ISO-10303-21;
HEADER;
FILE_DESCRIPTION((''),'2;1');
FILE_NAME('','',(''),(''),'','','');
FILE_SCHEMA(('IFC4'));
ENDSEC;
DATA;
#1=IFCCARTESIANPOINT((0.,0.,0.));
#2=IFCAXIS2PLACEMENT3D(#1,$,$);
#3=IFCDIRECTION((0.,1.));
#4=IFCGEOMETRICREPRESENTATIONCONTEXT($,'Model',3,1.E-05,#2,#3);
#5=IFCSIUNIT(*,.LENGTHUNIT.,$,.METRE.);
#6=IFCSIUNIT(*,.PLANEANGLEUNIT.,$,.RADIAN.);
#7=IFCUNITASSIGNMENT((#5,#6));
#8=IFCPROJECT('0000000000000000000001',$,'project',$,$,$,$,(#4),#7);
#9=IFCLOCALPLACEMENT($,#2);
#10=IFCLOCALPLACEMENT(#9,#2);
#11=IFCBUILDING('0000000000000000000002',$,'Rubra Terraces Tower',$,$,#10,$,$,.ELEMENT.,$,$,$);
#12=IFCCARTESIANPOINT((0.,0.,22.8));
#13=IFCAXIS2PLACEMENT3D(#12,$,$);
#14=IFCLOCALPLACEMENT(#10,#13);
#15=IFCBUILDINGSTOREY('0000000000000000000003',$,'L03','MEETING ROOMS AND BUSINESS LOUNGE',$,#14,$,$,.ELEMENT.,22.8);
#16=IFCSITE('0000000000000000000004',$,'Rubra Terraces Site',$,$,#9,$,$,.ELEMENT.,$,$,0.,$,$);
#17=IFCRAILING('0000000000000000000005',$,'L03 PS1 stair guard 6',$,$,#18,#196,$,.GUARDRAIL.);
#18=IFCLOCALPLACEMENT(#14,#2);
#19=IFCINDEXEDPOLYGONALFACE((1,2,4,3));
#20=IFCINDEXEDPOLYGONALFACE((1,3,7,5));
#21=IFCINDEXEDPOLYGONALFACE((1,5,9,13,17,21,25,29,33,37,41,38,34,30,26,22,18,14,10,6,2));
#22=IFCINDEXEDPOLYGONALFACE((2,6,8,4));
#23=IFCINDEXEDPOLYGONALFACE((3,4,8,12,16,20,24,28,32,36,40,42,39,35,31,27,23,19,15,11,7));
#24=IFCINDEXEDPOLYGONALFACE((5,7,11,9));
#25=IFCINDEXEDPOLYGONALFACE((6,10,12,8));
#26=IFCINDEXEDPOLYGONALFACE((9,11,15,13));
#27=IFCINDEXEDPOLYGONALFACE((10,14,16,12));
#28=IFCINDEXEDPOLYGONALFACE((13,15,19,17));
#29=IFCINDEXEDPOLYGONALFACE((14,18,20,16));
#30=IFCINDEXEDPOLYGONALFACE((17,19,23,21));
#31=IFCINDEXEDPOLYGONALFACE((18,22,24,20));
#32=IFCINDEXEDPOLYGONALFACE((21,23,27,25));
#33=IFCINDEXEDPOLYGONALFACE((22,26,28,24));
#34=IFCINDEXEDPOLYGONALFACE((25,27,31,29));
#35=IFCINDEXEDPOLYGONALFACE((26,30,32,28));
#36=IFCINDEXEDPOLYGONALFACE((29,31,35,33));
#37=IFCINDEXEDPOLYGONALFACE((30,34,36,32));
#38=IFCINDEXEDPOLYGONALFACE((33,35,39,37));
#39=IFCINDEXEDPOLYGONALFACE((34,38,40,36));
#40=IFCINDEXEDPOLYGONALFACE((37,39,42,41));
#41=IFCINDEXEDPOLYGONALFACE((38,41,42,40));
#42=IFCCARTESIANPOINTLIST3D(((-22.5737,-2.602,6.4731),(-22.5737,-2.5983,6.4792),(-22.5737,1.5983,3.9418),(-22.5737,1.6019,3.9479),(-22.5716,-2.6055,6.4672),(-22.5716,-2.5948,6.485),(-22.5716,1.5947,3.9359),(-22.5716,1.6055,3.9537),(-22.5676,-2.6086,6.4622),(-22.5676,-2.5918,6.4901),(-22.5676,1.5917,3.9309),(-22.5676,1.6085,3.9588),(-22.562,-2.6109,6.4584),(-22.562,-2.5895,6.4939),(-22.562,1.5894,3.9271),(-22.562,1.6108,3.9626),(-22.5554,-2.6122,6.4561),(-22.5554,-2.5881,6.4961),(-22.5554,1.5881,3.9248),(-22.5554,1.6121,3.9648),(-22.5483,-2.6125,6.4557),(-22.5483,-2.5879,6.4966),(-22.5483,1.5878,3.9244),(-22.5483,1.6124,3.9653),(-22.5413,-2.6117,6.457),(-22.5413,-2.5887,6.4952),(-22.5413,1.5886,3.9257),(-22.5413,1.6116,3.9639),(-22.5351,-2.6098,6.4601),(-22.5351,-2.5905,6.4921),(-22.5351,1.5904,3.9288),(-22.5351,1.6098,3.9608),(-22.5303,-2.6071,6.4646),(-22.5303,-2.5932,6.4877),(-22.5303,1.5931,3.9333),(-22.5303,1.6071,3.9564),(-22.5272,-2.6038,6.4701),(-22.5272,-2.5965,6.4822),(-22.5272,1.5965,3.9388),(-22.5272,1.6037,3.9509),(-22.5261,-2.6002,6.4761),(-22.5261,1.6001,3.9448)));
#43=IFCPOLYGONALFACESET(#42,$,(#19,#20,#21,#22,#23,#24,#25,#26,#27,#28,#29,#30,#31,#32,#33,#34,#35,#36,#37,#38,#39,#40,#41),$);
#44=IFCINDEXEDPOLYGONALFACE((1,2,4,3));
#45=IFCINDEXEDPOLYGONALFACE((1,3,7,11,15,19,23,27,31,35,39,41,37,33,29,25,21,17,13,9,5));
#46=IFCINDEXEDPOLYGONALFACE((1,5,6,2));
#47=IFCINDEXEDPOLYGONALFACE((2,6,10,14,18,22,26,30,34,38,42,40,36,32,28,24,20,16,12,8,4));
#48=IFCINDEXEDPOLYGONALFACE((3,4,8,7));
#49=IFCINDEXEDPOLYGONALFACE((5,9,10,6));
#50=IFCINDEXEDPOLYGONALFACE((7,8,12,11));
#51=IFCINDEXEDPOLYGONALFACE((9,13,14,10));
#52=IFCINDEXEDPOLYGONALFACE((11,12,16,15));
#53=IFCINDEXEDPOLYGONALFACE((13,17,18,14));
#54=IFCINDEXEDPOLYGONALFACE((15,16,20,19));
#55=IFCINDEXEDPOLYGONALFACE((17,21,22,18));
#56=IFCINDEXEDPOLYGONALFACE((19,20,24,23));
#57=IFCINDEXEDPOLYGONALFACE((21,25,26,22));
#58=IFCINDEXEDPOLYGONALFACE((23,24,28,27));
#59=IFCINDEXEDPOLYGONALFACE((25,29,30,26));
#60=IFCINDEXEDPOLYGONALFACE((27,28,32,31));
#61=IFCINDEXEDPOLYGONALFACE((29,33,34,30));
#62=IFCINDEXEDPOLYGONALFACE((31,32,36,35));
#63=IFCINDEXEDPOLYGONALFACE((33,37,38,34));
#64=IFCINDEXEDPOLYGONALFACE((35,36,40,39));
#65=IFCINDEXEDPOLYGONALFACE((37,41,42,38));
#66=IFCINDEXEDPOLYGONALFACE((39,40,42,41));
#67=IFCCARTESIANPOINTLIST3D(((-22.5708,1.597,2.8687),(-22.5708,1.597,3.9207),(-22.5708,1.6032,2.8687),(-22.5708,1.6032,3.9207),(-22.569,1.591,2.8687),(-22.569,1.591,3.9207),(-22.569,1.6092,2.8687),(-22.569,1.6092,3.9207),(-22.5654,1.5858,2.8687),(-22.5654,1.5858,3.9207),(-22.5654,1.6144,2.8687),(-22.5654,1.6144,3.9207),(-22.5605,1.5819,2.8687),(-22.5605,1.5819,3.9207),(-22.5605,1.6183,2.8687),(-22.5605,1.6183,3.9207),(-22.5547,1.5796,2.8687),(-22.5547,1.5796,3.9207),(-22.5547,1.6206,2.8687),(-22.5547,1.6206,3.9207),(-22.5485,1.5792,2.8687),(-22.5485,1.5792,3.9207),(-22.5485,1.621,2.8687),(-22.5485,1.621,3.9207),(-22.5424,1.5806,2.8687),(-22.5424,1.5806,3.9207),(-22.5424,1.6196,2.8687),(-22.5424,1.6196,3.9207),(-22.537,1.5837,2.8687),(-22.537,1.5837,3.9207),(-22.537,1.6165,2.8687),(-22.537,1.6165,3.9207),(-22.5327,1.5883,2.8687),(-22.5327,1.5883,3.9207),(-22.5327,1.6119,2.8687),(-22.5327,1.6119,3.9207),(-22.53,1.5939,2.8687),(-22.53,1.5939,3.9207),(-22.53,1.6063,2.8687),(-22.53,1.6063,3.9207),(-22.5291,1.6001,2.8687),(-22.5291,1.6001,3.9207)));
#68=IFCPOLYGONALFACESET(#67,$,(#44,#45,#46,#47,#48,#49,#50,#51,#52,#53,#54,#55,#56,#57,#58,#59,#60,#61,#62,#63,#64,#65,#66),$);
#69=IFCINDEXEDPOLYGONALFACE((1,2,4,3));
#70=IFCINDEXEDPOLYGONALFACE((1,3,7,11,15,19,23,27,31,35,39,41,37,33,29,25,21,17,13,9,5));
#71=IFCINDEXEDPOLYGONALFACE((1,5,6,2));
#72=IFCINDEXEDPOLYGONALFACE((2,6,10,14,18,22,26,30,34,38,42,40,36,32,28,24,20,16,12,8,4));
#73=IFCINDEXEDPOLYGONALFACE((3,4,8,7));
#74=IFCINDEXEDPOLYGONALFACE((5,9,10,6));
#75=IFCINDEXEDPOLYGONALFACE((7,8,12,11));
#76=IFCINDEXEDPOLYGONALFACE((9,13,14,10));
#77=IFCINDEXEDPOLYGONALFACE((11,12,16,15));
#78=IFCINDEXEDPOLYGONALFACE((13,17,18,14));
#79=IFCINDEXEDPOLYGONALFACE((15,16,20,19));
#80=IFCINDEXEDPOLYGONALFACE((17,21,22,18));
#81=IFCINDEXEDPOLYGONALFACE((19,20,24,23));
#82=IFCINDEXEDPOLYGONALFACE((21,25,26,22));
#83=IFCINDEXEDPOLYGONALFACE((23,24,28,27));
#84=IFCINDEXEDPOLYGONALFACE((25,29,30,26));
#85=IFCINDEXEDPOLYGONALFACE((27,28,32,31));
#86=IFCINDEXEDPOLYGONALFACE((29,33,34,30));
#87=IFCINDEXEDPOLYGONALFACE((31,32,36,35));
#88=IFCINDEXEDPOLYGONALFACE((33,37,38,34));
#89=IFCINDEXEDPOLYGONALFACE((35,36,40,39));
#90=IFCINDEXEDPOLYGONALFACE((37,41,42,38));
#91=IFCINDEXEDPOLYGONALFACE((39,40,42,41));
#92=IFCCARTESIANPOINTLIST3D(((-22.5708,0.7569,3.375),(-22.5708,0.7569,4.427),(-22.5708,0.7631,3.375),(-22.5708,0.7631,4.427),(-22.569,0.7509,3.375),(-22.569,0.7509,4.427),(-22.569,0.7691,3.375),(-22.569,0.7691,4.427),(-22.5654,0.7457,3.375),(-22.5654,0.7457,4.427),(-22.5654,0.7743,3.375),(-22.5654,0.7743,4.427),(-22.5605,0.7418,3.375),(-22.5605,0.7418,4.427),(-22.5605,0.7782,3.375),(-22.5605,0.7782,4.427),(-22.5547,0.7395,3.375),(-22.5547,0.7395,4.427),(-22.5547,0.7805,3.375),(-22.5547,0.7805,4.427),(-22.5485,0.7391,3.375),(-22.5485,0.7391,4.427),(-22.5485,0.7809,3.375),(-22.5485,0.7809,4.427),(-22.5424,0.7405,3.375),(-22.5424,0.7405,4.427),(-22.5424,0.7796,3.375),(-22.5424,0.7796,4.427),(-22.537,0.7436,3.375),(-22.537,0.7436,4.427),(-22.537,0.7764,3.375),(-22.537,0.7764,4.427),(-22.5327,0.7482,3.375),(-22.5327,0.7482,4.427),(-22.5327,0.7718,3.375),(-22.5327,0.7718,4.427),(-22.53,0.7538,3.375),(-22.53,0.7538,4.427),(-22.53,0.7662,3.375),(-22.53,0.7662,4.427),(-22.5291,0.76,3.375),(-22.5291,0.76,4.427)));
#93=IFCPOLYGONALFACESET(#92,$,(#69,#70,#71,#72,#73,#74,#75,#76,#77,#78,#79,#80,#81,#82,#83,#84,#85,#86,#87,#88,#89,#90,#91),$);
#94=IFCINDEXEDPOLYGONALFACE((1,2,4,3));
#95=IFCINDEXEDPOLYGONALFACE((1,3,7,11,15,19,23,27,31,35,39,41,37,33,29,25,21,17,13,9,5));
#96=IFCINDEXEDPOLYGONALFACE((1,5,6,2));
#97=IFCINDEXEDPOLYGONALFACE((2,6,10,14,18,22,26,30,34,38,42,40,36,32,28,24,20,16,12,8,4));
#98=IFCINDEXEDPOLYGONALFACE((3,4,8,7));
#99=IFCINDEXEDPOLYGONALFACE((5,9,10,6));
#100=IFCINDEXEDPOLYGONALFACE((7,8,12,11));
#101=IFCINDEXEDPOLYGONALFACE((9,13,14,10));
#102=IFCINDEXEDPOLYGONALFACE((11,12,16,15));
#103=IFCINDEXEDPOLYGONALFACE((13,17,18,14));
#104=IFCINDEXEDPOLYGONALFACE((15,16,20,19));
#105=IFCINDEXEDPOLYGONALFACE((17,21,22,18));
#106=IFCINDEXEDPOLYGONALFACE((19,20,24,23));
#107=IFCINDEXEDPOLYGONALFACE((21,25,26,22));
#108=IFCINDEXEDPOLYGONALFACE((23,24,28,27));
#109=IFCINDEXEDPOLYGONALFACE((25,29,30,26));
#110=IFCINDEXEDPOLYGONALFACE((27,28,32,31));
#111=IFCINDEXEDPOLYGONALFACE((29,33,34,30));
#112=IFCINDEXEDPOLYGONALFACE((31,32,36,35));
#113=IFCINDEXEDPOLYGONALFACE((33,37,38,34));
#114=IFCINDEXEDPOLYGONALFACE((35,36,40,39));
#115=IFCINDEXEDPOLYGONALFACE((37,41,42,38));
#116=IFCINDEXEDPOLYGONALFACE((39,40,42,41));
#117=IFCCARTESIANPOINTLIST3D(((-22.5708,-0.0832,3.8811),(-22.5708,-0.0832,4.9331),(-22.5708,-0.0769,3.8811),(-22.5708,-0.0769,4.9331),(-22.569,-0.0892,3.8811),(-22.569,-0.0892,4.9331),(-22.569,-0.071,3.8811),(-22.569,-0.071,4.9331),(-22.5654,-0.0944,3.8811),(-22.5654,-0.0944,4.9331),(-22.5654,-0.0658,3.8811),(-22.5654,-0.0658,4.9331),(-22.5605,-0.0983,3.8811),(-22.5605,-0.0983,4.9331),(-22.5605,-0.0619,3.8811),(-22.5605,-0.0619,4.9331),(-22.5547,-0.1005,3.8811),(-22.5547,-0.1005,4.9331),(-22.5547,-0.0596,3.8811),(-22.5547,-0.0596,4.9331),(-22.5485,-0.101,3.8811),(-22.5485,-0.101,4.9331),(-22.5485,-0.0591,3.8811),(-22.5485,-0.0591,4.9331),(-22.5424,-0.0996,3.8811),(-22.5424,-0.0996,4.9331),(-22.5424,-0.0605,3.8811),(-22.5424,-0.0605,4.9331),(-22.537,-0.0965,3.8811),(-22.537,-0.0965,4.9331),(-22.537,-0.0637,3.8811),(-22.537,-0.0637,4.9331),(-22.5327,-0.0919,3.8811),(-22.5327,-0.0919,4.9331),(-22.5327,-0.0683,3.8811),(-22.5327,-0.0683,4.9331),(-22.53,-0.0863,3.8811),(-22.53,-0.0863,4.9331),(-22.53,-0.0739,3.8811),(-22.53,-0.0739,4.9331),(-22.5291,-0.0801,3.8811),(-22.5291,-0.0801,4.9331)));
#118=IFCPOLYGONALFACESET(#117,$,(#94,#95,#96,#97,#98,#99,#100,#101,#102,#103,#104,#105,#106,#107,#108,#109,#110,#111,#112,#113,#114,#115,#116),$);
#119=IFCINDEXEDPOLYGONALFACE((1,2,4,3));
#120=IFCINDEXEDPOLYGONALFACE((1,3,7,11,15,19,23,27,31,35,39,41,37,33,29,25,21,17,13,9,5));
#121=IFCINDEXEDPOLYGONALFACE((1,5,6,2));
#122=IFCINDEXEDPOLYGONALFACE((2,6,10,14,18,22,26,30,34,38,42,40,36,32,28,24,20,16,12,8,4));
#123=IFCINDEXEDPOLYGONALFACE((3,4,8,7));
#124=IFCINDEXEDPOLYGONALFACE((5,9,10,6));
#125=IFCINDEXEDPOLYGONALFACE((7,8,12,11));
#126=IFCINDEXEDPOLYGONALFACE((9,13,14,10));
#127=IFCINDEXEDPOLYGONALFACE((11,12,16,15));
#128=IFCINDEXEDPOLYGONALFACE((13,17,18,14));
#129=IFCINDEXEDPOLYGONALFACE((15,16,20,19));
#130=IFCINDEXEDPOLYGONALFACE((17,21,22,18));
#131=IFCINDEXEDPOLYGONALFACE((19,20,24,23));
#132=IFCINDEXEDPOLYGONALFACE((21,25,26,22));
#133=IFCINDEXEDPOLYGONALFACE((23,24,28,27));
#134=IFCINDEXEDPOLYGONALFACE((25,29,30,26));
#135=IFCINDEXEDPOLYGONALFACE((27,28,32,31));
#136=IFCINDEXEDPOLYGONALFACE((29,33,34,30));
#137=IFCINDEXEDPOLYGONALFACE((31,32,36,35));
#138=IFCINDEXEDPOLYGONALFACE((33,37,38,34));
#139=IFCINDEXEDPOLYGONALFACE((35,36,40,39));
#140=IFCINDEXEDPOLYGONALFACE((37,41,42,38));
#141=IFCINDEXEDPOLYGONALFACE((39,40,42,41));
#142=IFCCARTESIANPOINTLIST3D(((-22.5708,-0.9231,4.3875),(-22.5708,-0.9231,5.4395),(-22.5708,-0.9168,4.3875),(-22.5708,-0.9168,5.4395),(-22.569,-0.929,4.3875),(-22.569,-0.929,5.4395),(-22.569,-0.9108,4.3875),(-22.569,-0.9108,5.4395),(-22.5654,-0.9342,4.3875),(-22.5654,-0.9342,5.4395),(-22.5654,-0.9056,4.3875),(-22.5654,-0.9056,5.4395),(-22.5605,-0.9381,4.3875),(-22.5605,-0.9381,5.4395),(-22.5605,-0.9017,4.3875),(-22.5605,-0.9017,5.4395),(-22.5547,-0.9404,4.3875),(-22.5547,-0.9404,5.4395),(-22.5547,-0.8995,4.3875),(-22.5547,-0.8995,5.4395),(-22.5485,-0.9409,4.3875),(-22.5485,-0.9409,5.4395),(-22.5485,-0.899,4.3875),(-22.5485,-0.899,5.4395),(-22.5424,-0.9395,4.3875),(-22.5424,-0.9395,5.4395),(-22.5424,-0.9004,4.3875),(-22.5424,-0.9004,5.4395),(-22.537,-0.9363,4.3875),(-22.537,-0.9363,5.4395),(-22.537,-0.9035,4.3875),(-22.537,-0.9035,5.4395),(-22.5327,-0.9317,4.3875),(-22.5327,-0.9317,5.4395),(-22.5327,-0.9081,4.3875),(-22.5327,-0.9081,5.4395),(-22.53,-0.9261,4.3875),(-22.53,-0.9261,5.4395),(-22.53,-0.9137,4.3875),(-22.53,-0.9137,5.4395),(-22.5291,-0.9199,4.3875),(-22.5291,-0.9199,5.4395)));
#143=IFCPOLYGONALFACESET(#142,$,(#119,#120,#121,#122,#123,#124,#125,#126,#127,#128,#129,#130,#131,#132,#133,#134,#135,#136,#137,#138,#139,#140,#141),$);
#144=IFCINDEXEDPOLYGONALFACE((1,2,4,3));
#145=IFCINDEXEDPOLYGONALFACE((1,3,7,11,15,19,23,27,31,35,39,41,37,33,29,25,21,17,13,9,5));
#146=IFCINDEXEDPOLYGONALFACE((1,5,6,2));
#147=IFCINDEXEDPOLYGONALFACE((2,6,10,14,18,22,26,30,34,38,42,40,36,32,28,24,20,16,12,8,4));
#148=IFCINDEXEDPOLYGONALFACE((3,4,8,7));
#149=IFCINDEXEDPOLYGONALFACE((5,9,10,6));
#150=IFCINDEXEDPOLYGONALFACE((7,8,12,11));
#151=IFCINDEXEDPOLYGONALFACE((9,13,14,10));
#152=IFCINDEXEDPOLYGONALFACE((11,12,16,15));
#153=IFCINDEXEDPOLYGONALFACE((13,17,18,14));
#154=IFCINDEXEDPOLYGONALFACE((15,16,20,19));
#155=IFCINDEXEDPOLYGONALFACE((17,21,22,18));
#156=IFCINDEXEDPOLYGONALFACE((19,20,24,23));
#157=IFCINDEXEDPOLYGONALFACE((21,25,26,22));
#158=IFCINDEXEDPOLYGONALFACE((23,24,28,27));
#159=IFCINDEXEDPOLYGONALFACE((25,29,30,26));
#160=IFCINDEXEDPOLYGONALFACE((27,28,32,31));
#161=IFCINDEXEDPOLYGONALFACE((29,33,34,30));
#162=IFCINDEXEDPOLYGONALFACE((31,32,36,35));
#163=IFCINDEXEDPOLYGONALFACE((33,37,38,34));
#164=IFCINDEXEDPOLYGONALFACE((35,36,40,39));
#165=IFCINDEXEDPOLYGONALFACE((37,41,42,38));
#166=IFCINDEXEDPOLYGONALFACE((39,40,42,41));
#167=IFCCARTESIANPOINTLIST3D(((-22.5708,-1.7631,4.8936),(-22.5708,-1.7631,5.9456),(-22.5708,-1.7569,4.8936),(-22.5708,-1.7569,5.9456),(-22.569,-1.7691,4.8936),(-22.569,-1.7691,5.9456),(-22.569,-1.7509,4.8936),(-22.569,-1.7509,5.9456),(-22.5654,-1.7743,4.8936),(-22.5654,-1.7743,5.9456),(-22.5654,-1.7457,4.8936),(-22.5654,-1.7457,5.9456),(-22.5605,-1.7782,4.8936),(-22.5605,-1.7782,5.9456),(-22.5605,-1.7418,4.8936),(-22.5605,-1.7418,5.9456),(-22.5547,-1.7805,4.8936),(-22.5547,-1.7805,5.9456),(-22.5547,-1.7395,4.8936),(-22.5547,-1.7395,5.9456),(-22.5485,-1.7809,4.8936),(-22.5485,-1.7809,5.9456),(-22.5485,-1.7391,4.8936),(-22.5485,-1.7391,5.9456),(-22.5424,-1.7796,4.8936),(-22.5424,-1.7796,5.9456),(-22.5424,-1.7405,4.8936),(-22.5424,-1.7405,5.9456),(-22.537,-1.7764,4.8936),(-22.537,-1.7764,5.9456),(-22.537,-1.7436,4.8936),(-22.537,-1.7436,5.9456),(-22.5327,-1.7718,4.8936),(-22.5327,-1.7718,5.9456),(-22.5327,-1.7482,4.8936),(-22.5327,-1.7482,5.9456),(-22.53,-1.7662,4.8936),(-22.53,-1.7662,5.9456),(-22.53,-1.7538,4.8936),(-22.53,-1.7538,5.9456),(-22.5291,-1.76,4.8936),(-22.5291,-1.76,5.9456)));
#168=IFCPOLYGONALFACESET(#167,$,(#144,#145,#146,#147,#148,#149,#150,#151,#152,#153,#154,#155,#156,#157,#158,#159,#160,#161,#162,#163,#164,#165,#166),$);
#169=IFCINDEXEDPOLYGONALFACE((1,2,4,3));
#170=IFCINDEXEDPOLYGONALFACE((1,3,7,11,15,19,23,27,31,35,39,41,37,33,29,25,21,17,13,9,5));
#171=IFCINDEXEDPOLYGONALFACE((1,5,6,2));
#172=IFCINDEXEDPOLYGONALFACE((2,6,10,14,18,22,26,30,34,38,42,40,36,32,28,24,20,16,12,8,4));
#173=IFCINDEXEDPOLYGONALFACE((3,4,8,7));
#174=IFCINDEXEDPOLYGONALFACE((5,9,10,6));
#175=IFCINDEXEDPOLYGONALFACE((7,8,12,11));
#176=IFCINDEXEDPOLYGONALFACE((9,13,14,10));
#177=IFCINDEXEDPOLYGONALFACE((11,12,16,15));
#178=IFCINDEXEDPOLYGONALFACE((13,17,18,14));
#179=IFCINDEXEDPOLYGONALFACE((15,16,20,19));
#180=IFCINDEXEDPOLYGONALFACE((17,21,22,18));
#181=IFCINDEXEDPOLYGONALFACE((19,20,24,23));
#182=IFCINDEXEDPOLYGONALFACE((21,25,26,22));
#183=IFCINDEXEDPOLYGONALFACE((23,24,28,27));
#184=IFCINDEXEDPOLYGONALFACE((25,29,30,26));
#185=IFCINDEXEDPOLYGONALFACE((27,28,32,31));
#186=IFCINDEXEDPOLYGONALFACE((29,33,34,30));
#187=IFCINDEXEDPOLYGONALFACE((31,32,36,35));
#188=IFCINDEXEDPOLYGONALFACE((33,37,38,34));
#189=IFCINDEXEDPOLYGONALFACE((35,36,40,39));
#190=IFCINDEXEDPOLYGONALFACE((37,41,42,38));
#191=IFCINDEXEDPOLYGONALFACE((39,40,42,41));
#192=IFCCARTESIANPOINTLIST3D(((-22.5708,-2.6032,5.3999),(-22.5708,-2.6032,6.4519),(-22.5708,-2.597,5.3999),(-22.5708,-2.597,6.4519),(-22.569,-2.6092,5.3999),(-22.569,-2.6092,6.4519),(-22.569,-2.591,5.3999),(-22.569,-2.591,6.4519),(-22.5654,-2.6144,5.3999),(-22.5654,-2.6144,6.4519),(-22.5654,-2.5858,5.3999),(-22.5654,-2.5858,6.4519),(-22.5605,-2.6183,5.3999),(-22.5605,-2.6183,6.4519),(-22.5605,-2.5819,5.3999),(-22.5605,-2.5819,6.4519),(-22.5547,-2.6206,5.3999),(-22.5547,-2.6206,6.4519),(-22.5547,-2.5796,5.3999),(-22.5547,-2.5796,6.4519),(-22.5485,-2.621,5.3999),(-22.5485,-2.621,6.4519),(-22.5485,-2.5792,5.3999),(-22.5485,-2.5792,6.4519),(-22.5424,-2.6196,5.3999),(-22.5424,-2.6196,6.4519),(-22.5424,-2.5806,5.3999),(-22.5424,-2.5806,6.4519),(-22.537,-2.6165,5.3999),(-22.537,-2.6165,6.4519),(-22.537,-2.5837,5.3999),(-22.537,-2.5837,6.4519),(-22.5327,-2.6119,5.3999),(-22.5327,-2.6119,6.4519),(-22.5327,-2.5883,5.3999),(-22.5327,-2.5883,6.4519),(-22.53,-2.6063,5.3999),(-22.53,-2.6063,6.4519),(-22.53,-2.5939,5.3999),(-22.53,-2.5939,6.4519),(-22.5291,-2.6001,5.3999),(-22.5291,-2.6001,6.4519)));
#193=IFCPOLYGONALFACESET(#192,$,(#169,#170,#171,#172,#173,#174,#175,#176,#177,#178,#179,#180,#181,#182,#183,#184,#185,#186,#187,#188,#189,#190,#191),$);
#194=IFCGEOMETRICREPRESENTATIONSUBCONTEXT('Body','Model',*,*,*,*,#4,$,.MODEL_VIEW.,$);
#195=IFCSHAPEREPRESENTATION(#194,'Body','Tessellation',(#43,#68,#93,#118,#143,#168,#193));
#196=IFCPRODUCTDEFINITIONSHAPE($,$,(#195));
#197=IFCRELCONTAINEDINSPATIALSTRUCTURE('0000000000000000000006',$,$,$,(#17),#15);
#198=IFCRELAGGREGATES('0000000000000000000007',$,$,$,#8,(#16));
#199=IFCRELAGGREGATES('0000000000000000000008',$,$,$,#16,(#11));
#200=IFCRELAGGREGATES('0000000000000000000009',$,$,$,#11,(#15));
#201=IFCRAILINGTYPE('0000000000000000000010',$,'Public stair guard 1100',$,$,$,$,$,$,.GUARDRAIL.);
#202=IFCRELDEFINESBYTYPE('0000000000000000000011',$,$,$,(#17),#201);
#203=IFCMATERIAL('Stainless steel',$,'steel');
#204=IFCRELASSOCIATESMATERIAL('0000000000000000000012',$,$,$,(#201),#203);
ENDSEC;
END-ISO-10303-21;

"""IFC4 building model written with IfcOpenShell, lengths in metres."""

from ifc_helpers import new_model, si_unit, direction, frame, origin, origin_2d, place, context, subcontext, project, spatial, circle, extrude, material, type_object, element, save


model = new_model("IFC4")

# Units and contexts
model_context = context("Model", 3, precision=1e-05, world=origin(), true_north=direction((0.0, 1.0)))
body_context = subcontext(model_context, "Body", "Model", "MODEL_VIEW")
ifc_project = project(units=[si_unit("LENGTHUNIT", "METRE"), si_unit("PLANEANGLEUNIT", "RADIAN")], contexts=[model_context])

# Site, building, storey
site_placement = place(None, origin())
site = spatial("IfcSite", under=ifc_project, at=site_placement, Name="Rubra Terraces Site", CompositionType="ELEMENT", RefElevation=0.0)
building_placement = place(site_placement, origin())
building = spatial("IfcBuilding", under=site, at=building_placement, Name="Rubra Terraces Tower", CompositionType="ELEMENT")
storey_placement = place(building_placement, frame((0.0, 0.0, 22.8)))
storey = spatial("IfcBuildingStorey", under=building, at=storey_placement, Name="L03", Description="MEETING ROOMS AND BUSINESS LOUNGE", CompositionType="ELEMENT", Elevation=22.8)

# Railing
ifc_material_1 = material(Name="Stainless steel", Category="steel")
railing_type_1 = type_object("IfcRailingType", Name="Public stair guard 1100", PredefinedType="GUARDRAIL", material=ifc_material_1)
railing_1_placement = place(storey_placement, frame((-22.55, 1.6001, 2.8687)))
element("IfcRailing", 1, at=railing_1_placement, inside=storey, type_object=railing_type_1, Name="L03 PS1 stair guard 6", PredefinedType="GUARDRAIL", context=body_context, shape_type="SweptSolid", body=[
    extrude(circle(Radius=0.0239, at=origin_2d()), frame((0.0, 0.0, 1.0762), z_axis=(0.0, -0.85649, 0.516164), x_axis=(1.0, 0.0, 0.0)), (0.0, 0.0, 1.0), 4.9041),
    extrude(circle(Radius=0.021, at=origin_2d()), origin(), (0.0, 0.0, 1.0), 1.052),
    extrude(circle(Radius=0.021, at=origin_2d()), frame((0.0, -0.8401, 0.5063)), (0.0, 0.0, 1.0), 1.052),
    extrude(circle(Radius=0.021, at=origin_2d()), frame((0.0, -1.6802, 1.0125)), (0.0, 0.0, 1.0), 1.052),
    extrude(circle(Radius=0.021, at=origin_2d()), frame((0.0, -2.52, 1.5188)), (0.0, 0.0, 1.0), 1.052),
    extrude(circle(Radius=0.021, at=origin_2d()), frame((0.0, -3.3601, 2.0249)), (0.0, 0.0, 1.0), 1.052),
    extrude(circle(Radius=0.021, at=origin_2d()), frame((0.0, -4.2002, 2.5312)), (0.0, 0.0, 1.0), 1.052),
])

save(model, "model.ifc")
